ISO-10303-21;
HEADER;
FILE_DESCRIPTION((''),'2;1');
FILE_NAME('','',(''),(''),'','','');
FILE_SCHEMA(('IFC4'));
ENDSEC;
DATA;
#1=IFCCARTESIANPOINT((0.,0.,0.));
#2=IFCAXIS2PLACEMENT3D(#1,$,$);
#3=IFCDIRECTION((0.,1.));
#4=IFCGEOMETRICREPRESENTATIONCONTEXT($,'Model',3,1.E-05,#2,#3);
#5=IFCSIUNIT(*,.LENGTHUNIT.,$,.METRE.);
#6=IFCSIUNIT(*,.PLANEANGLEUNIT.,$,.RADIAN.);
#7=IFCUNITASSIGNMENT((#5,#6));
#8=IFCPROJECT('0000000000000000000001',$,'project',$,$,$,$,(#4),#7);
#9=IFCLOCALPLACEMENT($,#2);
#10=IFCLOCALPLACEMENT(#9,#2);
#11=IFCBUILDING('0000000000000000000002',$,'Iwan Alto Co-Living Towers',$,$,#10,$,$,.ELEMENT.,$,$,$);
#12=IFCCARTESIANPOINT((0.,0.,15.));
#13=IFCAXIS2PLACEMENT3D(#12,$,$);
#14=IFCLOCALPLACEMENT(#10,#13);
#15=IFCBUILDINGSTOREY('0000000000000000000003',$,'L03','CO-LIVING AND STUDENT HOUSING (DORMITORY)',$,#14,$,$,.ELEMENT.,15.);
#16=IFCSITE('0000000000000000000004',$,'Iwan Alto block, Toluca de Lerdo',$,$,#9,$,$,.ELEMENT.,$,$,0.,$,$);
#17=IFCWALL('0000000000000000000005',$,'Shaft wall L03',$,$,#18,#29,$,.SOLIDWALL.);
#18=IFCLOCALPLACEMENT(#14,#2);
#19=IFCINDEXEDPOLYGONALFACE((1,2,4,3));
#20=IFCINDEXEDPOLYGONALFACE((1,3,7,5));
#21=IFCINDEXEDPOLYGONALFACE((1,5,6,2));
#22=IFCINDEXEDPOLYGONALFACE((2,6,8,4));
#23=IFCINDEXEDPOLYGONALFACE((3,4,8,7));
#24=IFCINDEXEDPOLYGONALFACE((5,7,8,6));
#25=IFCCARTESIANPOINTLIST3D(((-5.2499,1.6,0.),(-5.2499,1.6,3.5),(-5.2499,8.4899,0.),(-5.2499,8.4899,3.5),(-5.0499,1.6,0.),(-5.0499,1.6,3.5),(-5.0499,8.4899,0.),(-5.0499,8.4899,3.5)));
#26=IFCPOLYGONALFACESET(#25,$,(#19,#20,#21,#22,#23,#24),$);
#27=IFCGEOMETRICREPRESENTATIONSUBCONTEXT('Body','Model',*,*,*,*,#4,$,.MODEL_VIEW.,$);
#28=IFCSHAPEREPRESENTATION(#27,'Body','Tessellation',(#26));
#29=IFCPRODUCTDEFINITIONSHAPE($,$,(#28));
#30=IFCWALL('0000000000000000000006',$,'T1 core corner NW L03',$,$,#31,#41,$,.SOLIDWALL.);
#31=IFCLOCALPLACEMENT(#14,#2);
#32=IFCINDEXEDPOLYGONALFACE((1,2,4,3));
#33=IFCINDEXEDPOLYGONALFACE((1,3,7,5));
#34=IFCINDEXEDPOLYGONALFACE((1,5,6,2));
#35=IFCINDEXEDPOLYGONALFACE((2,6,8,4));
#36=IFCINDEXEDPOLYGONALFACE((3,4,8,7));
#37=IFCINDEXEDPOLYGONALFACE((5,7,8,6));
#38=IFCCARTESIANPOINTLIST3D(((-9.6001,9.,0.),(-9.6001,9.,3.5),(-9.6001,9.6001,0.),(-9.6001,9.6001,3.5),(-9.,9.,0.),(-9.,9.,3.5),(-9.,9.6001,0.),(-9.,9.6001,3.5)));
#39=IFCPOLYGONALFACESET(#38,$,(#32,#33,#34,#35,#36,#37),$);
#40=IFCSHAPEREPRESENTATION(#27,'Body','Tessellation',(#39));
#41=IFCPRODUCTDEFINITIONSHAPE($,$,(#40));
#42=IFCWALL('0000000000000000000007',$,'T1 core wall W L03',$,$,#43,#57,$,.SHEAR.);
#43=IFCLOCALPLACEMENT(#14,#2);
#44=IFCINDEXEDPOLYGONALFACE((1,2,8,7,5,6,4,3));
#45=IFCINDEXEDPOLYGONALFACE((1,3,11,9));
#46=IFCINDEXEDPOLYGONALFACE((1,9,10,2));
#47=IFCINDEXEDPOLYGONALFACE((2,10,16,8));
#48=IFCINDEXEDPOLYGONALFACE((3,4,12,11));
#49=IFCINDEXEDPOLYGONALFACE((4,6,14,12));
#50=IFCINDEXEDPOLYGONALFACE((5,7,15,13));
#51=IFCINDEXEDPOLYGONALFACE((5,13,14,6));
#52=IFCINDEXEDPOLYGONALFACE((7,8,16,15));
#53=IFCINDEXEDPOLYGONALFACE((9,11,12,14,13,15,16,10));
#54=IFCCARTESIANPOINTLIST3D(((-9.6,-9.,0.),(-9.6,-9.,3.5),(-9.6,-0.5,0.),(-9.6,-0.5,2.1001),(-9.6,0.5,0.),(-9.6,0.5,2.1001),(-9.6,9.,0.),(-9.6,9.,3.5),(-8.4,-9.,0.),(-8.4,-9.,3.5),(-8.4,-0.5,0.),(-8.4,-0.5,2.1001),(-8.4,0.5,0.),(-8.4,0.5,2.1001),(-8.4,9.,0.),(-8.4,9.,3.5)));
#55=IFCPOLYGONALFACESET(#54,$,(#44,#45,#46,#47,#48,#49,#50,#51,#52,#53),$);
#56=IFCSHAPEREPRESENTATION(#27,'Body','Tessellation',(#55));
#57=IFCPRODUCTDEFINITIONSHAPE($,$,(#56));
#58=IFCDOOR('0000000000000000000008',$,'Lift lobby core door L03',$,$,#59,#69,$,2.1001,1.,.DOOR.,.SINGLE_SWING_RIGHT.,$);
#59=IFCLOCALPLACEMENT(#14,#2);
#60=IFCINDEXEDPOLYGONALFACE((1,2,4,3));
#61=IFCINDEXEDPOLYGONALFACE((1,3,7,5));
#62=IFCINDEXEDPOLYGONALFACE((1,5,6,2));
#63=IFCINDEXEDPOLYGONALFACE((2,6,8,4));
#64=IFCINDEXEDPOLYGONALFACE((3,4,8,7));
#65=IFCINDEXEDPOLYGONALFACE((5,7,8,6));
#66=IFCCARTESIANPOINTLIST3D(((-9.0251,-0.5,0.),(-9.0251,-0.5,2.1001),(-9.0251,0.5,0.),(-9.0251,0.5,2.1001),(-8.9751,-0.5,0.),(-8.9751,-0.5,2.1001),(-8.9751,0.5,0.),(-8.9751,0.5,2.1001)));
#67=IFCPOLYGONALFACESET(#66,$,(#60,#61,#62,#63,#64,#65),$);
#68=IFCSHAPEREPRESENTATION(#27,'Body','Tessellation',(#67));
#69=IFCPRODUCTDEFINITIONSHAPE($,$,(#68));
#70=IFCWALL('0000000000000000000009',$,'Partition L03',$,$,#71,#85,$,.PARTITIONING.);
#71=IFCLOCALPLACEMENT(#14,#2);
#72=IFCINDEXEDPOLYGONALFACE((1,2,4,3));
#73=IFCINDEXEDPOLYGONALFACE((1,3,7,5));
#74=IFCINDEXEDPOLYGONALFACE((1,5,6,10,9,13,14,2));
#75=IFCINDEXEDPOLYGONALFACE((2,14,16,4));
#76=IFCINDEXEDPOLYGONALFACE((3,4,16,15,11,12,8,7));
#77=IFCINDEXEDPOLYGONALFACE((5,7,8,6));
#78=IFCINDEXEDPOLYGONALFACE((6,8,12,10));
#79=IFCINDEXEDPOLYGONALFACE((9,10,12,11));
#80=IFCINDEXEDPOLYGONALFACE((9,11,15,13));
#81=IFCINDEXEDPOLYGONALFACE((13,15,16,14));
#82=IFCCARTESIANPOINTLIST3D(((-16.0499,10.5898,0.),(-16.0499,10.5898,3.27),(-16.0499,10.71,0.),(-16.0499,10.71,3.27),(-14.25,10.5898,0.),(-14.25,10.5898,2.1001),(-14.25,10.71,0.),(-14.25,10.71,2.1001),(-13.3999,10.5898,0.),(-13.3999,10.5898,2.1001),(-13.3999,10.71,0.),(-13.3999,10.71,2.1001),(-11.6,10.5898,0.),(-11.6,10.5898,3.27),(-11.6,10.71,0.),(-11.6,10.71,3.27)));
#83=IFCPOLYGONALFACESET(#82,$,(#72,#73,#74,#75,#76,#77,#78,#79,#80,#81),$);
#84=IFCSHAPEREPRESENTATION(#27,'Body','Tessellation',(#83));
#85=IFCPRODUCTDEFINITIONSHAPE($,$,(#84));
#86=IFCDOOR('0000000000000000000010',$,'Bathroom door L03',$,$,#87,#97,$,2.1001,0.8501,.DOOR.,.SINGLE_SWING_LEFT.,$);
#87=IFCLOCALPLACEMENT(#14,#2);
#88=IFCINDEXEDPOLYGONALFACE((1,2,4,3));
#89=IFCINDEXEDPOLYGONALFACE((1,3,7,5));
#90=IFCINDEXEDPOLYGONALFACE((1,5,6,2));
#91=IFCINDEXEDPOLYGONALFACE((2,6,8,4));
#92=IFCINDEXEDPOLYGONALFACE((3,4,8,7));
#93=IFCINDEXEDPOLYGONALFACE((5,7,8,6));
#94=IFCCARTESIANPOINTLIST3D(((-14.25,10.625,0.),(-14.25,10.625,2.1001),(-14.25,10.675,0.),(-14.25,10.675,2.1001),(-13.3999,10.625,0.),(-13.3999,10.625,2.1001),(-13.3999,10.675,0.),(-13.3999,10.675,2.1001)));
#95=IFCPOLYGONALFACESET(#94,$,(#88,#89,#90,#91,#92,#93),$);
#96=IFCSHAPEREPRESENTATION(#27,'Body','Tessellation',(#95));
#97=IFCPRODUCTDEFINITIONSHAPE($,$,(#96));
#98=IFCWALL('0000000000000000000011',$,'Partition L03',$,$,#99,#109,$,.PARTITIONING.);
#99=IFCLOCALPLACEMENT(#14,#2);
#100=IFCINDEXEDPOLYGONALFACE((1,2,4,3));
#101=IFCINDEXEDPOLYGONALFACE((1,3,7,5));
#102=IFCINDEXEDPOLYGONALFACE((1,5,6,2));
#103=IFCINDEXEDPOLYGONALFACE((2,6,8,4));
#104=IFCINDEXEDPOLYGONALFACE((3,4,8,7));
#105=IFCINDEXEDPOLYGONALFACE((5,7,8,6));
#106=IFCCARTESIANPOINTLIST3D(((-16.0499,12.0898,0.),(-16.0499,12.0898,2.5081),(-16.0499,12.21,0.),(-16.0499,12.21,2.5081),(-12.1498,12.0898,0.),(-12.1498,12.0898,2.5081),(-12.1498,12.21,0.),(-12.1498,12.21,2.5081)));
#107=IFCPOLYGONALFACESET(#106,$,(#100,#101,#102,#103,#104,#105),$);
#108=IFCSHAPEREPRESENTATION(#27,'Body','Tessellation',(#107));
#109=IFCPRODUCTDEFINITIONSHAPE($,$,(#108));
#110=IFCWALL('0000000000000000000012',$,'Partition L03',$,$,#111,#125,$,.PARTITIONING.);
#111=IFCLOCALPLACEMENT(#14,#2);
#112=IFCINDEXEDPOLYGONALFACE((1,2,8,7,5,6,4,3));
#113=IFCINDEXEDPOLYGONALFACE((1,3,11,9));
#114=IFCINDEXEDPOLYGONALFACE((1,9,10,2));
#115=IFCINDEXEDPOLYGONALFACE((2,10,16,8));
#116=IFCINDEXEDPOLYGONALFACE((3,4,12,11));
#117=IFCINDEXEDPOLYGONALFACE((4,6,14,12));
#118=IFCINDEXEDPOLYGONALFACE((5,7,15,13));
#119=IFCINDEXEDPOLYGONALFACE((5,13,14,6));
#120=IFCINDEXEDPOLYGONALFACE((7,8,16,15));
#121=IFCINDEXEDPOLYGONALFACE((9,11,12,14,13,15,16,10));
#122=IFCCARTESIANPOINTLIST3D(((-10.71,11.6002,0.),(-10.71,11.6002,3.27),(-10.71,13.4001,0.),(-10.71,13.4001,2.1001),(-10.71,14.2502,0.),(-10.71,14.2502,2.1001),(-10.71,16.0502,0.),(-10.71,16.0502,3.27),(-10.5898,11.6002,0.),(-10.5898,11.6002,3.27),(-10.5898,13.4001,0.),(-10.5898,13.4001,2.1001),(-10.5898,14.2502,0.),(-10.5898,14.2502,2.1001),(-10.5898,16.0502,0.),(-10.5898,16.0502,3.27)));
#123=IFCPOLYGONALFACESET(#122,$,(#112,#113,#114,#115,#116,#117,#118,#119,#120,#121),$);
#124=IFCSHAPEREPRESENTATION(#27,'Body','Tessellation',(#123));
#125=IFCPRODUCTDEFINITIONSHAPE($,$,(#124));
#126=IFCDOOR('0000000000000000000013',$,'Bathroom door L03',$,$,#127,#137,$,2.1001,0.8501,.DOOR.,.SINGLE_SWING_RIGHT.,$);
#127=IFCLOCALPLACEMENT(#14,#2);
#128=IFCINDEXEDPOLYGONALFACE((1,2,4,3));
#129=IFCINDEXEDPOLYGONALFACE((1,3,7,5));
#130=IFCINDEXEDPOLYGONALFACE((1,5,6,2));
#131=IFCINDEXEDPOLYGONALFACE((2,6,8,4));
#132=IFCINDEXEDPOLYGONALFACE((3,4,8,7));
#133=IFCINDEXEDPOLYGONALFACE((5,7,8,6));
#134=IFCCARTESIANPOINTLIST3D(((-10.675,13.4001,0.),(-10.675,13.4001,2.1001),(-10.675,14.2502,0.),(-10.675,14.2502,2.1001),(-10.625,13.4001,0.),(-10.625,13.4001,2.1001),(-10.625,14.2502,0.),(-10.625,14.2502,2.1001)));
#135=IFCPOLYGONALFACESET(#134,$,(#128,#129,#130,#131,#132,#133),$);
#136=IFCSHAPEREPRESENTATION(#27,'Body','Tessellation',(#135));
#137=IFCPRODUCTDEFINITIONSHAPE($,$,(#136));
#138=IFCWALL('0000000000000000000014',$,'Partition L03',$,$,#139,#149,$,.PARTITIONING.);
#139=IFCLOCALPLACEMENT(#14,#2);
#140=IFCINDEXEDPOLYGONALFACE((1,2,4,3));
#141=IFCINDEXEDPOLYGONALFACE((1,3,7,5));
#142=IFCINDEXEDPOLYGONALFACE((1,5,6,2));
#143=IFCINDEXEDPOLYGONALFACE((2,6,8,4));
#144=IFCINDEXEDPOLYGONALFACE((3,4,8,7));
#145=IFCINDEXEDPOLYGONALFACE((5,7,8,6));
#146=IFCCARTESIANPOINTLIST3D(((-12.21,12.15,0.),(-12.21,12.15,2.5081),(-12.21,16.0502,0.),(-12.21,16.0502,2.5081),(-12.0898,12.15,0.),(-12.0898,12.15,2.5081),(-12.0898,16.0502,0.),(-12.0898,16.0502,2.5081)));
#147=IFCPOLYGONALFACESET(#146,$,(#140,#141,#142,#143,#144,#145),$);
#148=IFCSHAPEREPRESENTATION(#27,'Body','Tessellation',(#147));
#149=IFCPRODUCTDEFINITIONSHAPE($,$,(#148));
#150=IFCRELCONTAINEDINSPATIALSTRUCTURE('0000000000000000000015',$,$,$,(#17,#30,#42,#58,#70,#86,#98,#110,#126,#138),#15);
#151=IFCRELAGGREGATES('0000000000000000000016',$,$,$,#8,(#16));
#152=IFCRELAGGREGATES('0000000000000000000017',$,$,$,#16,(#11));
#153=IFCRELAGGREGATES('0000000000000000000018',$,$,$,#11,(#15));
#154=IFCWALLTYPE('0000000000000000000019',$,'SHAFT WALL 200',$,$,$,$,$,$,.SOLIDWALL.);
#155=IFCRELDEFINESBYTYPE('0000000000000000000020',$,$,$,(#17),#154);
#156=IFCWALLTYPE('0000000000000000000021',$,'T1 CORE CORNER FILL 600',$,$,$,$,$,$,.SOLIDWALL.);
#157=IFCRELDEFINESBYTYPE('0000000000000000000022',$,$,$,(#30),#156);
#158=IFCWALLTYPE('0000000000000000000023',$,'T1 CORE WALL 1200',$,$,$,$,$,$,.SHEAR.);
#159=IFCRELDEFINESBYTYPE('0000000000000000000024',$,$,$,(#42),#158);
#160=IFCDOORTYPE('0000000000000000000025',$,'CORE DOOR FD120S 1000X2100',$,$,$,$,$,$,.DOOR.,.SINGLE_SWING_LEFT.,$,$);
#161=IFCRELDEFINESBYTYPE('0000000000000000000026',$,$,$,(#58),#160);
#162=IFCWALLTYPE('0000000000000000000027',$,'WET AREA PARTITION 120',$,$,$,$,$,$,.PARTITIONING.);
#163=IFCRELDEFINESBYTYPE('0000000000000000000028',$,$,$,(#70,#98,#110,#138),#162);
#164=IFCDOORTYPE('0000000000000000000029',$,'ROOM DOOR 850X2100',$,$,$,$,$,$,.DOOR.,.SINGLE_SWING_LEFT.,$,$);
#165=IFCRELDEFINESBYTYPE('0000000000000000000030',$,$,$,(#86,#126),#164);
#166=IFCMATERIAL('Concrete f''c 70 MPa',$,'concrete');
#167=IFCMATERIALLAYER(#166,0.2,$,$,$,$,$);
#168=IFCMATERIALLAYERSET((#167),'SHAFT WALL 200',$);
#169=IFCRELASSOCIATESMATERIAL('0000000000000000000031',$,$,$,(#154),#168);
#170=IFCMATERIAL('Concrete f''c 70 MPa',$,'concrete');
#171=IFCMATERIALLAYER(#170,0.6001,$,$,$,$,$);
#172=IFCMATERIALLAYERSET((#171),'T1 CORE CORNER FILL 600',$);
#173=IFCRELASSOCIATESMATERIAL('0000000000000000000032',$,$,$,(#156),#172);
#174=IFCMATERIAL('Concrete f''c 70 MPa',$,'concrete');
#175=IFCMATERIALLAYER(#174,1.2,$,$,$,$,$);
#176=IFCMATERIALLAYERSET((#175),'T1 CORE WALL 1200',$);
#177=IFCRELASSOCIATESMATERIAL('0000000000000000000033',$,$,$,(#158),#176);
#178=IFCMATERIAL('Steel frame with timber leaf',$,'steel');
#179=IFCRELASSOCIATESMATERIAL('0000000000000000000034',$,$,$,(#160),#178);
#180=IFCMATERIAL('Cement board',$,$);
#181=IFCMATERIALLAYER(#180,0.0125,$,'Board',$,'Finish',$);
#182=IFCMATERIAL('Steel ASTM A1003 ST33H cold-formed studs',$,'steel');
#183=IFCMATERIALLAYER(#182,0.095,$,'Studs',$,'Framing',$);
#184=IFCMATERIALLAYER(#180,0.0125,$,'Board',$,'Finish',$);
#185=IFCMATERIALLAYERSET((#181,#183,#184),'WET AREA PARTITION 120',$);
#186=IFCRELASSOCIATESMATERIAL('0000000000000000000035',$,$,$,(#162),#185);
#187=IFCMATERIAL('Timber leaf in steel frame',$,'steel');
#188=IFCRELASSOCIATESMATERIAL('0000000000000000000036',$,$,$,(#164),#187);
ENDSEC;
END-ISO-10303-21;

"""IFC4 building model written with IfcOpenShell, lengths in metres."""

from ifc_helpers import new_model, si_unit, direction, frame, frame_2d, origin, place, context, subcontext, project, spatial, rectangle, extrude, material, layer, layer_set, type_object, element, fill, save


model = new_model("IFC4")

# Units and contexts
model_context = context("Model", 3, precision=1e-05, world=origin(), true_north=direction((0.0, 1.0)))
body_context = subcontext(model_context, "Body", "Model", "MODEL_VIEW")
ifc_project = project(units=[si_unit("LENGTHUNIT", "METRE"), si_unit("PLANEANGLEUNIT", "RADIAN")], contexts=[model_context])

# Site, building, storey
site_placement = place(None, origin())
site = spatial("IfcSite", under=ifc_project, at=site_placement, Name="Iwan Alto block, Toluca de Lerdo", CompositionType="ELEMENT", RefElevation=0.0)
building_placement = place(site_placement, origin())
building = spatial("IfcBuilding", under=site, at=building_placement, Name="Iwan Alto Co-Living Towers", CompositionType="ELEMENT")
storey_placement = place(building_placement, frame((0.0, 0.0, 15.0)))
storey = spatial("IfcBuildingStorey", under=building, at=storey_placement, Name="L03", Description="CO-LIVING AND STUDENT HOUSING (DORMITORY)", CompositionType="ELEMENT", Elevation=15.0)

# Shared definitions
ifc_material_1 = material(Name="Steel ASTM A1003 ST33H cold-formed studs", Category="steel")

# Shared definitions
ifc_material_2 = material(Name="Concrete f'c 70 MPa", Category="concrete")
ifc_layer_1 = layer(ifc_material_2, 0.2)
ifc_layer_set_1 = layer_set([ifc_layer_1], Name="SHAFT WALL 200")
wall_type_1 = type_object("IfcWallType", Name="SHAFT WALL 200", PredefinedType="SOLIDWALL", material=ifc_layer_set_1)

# Walls
wall_1_placement = place(storey_placement, frame((-5.1499, 1.6001, 0.0), z_axis=(0.0, 0.0, 1.0), x_axis=(0.0, 1.0, 0.0)))
element("IfcWall", 1, at=wall_1_placement, inside=storey, type_object=wall_type_1, Name="Shaft wall L03", PredefinedType="SOLIDWALL", context=body_context, shape_type="SweptSolid", body=[
    extrude(rectangle(XDim=6.8899, YDim=0.2, at=frame_2d((3.4448, 0.0))), origin(), (0.0, 0.0, 1.0), 3.5),
])
ifc_material_3 = material(Name="Concrete f'c 70 MPa", Category="concrete")
ifc_layer_2 = layer(ifc_material_3, 0.6001)
ifc_layer_set_2 = layer_set([ifc_layer_2], Name="T1 CORE CORNER FILL 600")
wall_type_2 = type_object("IfcWallType", Name="T1 CORE CORNER FILL 600", PredefinedType="SOLIDWALL", material=ifc_layer_set_2)
wall_2_placement = place(storey_placement, frame((-9.6001, 9.3, 0.0), z_axis=(0.0, 0.0, 1.0), x_axis=(1.0, 0.0, 0.0)))
element("IfcWall", 2, at=wall_2_placement, inside=storey, type_object=wall_type_2, Name="T1 core corner NW L03", PredefinedType="SOLIDWALL", context=body_context, shape_type="SweptSolid", body=[
    extrude(rectangle(XDim=0.6001, YDim=0.6001, at=frame_2d((0.3, 0.0))), origin(), (0.0, 0.0, 1.0), 3.5),
])

# Walls, openings, doors
ifc_material_4 = material(Name="Concrete f'c 70 MPa", Category="concrete")
ifc_layer_3 = layer(ifc_material_4, 1.2)
ifc_layer_set_3 = layer_set([ifc_layer_3], Name="T1 CORE WALL 1200")
wall_type_3 = type_object("IfcWallType", Name="T1 CORE WALL 1200", PredefinedType="SHEAR", material=ifc_layer_set_3)
wall_3_placement = place(storey_placement, frame((-9.0, 9.0, 0.0), z_axis=(0.0, 0.0, 1.0), x_axis=(0.0, -1.0, 0.0)))
wall_3 = element("IfcWall", 3, at=wall_3_placement, inside=storey, type_object=wall_type_3, Name="T1 core wall W L03", PredefinedType="SHEAR", context=body_context, shape_type="SweptSolid", body=[
    extrude(rectangle(XDim=18.0, YDim=1.2, at=frame_2d((9.0, 0.0))), origin(), (0.0, 0.0, 1.0), 3.5),
])
opening_1_placement = place(wall_3_placement, frame((8.5, 0.0, 0.0)))
opening_1 = element("IfcOpeningElement", 4, at=opening_1_placement, cuts=wall_3, PredefinedType="OPENING", context=body_context, shape_type="SweptSolid", body=[
    extrude(rectangle(XDim=1.0, YDim=2.1001, at=frame_2d((0.5, 1.05))), frame((0.0, 0.6099, 0.0), z_axis=(0.0, -1.0, 0.0), x_axis=(1.0, 0.0, 0.0)), (0.0, 0.0, 1.0), 1.22),
])
ifc_material_5 = material(Name="Steel frame with timber leaf", Category="steel")
door_type_1 = type_object("IfcDoorType", Name="CORE DOOR FD120S 1000X2100", OperationType="SINGLE_SWING_LEFT", PredefinedType="DOOR", material=ifc_material_5)
door_1_placement = place(opening_1_placement, origin())
door_1 = element("IfcDoor", 5, at=door_1_placement, inside=storey, type_object=door_type_1, Name="Lift lobby core door L03", OperationType="SINGLE_SWING_RIGHT", OverallHeight=2.1001, OverallWidth=1.0, PredefinedType="DOOR", context=body_context, shape_type="SweptSolid", body=[
    extrude(rectangle(XDim=1.0, YDim=2.1001, at=frame_2d((0.5, 1.05))), frame((0.0, 0.0249, 0.0), z_axis=(0.0, -1.0, 0.0), x_axis=(1.0, 0.0, 0.0)), (0.0, 0.0, 1.0), 0.05),
])
fill(opening_1, door_1)
ifc_material_6 = material(Name="Cement board")
ifc_layer_4 = layer(ifc_material_6, 0.0125, Name="Board", Category="Finish")
ifc_layer_5 = layer(ifc_material_1, 0.095, Name="Studs", Category="Framing")
ifc_layer_6 = layer(ifc_material_6, 0.0125, Name="Board", Category="Finish")
ifc_layer_set_4 = layer_set([ifc_layer_4, ifc_layer_5, ifc_layer_6], Name="WET AREA PARTITION 120")
wall_type_4 = type_object("IfcWallType", Name="WET AREA PARTITION 120", PredefinedType="PARTITIONING", material=ifc_layer_set_4)
wall_4_placement = place(storey_placement, frame((-16.05, 10.6499, 0.0), z_axis=(0.0, 0.0, 1.0), x_axis=(1.0, 0.0, 0.0)))
wall_4 = element("IfcWall", 6, at=wall_4_placement, inside=storey, type_object=wall_type_4, Name="Partition L03", PredefinedType="PARTITIONING", context=body_context, shape_type="SweptSolid", body=[
    extrude(rectangle(XDim=4.45, YDim=0.1201, at=frame_2d((2.2251, 0.0))), origin(), (0.0, 0.0, 1.0), 3.27),
])
opening_2_placement = place(wall_4_placement, frame((1.8, 0.0, 0.0)))
opening_2 = element("IfcOpeningElement", 7, at=opening_2_placement, cuts=wall_4, PredefinedType="OPENING", context=body_context, shape_type="SweptSolid", body=[
    extrude(rectangle(XDim=0.8501, YDim=2.1001, at=frame_2d((0.425, 1.05))), frame((0.0, 0.0701, 0.0), z_axis=(0.0, -1.0, 0.0), x_axis=(1.0, 0.0, 0.0)), (0.0, 0.0, 1.0), 0.1401),
])
ifc_material_7 = material(Name="Timber leaf in steel frame", Category="steel")
door_type_2 = type_object("IfcDoorType", Name="ROOM DOOR 850X2100", OperationType="SINGLE_SWING_LEFT", PredefinedType="DOOR", material=ifc_material_7)
door_2_placement = place(opening_2_placement, frame((0.8501, 0.0, 0.0), z_axis=(0.0, 0.0, 1.0), x_axis=(-1.0, 0.0, 0.0)))
door_2 = element("IfcDoor", 8, at=door_2_placement, inside=storey, type_object=door_type_2, Name="Bathroom door L03", OperationType="SINGLE_SWING_LEFT", OverallHeight=2.1001, OverallWidth=0.8501, PredefinedType="DOOR", context=body_context, shape_type="SweptSolid", body=[
    extrude(rectangle(XDim=0.8501, YDim=2.1001, at=frame_2d((0.425, 1.05))), frame((0.0, 0.0249, 0.0), z_axis=(0.0, -1.0, 0.0), x_axis=(1.0, 0.0, 0.0)), (0.0, 0.0, 1.0), 0.05),
])
fill(opening_2, door_2)

# Wall
wall_5_placement = place(storey_placement, frame((-16.05, 12.1499, 0.0), z_axis=(0.0, 0.0, 1.0), x_axis=(1.0, 0.0, 0.0)))
element("IfcWall", 9, at=wall_5_placement, inside=storey, type_object=wall_type_4, Name="Partition L03", PredefinedType="PARTITIONING", context=body_context, shape_type="SweptSolid", body=[
    extrude(rectangle(XDim=3.9001, YDim=0.1201, at=frame_2d((1.9502, 0.0))), origin(), (0.0, 0.0, 1.0), 2.5081),
])

# Wall, opening, door
wall_6_placement = place(storey_placement, frame((-10.6499, 11.6001, 0.0), z_axis=(0.0, 0.0, 1.0), x_axis=(0.0, 1.0, 0.0)))
wall_6 = element("IfcWall", 10, at=wall_6_placement, inside=storey, type_object=wall_type_4, Name="Partition L03", PredefinedType="PARTITIONING", context=body_context, shape_type="SweptSolid", body=[
    extrude(rectangle(XDim=4.45, YDim=0.1201, at=frame_2d((2.2251, 0.0))), origin(), (0.0, 0.0, 1.0), 3.27),
])
opening_3_placement = place(wall_6_placement, frame((1.8, 0.0, 0.0)))
opening_3 = element("IfcOpeningElement", 11, at=opening_3_placement, cuts=wall_6, PredefinedType="OPENING", context=body_context, shape_type="SweptSolid", body=[
    extrude(rectangle(XDim=0.8501, YDim=2.1001, at=frame_2d((0.425, 1.05))), frame((0.0, 0.0701, 0.0), z_axis=(0.0, -1.0, 0.0), x_axis=(1.0, 0.0, 0.0)), (0.0, 0.0, 1.0), 0.1401),
])
door_3_placement = place(opening_3_placement, frame((0.8501, 0.0, 0.0), z_axis=(0.0, 0.0, 1.0), x_axis=(-1.0, 0.0, 0.0)))
door_3 = element("IfcDoor", 12, at=door_3_placement, inside=storey, type_object=door_type_2, Name="Bathroom door L03", OperationType="SINGLE_SWING_RIGHT", OverallHeight=2.1001, OverallWidth=0.8501, PredefinedType="DOOR", context=body_context, shape_type="SweptSolid", body=[
    extrude(rectangle(XDim=0.8501, YDim=2.1001, at=frame_2d((0.425, 1.05))), frame((0.0, 0.0249, 0.0), z_axis=(0.0, -1.0, 0.0), x_axis=(1.0, 0.0, 0.0)), (0.0, 0.0, 1.0), 0.05),
])
fill(opening_3, door_3)

# Wall
wall_7_placement = place(storey_placement, frame((-12.1499, 12.1499, 0.0), z_axis=(0.0, 0.0, 1.0), x_axis=(0.0, 1.0, 0.0)))
element("IfcWall", 13, at=wall_7_placement, inside=storey, type_object=wall_type_4, Name="Partition L03", PredefinedType="PARTITIONING", context=body_context, shape_type="SweptSolid", body=[
    extrude(rectangle(XDim=3.9001, YDim=0.1201, at=frame_2d((1.9502, 0.0))), origin(), (0.0, 0.0, 1.0), 2.5081),
])

save(model, "model.ifc")
